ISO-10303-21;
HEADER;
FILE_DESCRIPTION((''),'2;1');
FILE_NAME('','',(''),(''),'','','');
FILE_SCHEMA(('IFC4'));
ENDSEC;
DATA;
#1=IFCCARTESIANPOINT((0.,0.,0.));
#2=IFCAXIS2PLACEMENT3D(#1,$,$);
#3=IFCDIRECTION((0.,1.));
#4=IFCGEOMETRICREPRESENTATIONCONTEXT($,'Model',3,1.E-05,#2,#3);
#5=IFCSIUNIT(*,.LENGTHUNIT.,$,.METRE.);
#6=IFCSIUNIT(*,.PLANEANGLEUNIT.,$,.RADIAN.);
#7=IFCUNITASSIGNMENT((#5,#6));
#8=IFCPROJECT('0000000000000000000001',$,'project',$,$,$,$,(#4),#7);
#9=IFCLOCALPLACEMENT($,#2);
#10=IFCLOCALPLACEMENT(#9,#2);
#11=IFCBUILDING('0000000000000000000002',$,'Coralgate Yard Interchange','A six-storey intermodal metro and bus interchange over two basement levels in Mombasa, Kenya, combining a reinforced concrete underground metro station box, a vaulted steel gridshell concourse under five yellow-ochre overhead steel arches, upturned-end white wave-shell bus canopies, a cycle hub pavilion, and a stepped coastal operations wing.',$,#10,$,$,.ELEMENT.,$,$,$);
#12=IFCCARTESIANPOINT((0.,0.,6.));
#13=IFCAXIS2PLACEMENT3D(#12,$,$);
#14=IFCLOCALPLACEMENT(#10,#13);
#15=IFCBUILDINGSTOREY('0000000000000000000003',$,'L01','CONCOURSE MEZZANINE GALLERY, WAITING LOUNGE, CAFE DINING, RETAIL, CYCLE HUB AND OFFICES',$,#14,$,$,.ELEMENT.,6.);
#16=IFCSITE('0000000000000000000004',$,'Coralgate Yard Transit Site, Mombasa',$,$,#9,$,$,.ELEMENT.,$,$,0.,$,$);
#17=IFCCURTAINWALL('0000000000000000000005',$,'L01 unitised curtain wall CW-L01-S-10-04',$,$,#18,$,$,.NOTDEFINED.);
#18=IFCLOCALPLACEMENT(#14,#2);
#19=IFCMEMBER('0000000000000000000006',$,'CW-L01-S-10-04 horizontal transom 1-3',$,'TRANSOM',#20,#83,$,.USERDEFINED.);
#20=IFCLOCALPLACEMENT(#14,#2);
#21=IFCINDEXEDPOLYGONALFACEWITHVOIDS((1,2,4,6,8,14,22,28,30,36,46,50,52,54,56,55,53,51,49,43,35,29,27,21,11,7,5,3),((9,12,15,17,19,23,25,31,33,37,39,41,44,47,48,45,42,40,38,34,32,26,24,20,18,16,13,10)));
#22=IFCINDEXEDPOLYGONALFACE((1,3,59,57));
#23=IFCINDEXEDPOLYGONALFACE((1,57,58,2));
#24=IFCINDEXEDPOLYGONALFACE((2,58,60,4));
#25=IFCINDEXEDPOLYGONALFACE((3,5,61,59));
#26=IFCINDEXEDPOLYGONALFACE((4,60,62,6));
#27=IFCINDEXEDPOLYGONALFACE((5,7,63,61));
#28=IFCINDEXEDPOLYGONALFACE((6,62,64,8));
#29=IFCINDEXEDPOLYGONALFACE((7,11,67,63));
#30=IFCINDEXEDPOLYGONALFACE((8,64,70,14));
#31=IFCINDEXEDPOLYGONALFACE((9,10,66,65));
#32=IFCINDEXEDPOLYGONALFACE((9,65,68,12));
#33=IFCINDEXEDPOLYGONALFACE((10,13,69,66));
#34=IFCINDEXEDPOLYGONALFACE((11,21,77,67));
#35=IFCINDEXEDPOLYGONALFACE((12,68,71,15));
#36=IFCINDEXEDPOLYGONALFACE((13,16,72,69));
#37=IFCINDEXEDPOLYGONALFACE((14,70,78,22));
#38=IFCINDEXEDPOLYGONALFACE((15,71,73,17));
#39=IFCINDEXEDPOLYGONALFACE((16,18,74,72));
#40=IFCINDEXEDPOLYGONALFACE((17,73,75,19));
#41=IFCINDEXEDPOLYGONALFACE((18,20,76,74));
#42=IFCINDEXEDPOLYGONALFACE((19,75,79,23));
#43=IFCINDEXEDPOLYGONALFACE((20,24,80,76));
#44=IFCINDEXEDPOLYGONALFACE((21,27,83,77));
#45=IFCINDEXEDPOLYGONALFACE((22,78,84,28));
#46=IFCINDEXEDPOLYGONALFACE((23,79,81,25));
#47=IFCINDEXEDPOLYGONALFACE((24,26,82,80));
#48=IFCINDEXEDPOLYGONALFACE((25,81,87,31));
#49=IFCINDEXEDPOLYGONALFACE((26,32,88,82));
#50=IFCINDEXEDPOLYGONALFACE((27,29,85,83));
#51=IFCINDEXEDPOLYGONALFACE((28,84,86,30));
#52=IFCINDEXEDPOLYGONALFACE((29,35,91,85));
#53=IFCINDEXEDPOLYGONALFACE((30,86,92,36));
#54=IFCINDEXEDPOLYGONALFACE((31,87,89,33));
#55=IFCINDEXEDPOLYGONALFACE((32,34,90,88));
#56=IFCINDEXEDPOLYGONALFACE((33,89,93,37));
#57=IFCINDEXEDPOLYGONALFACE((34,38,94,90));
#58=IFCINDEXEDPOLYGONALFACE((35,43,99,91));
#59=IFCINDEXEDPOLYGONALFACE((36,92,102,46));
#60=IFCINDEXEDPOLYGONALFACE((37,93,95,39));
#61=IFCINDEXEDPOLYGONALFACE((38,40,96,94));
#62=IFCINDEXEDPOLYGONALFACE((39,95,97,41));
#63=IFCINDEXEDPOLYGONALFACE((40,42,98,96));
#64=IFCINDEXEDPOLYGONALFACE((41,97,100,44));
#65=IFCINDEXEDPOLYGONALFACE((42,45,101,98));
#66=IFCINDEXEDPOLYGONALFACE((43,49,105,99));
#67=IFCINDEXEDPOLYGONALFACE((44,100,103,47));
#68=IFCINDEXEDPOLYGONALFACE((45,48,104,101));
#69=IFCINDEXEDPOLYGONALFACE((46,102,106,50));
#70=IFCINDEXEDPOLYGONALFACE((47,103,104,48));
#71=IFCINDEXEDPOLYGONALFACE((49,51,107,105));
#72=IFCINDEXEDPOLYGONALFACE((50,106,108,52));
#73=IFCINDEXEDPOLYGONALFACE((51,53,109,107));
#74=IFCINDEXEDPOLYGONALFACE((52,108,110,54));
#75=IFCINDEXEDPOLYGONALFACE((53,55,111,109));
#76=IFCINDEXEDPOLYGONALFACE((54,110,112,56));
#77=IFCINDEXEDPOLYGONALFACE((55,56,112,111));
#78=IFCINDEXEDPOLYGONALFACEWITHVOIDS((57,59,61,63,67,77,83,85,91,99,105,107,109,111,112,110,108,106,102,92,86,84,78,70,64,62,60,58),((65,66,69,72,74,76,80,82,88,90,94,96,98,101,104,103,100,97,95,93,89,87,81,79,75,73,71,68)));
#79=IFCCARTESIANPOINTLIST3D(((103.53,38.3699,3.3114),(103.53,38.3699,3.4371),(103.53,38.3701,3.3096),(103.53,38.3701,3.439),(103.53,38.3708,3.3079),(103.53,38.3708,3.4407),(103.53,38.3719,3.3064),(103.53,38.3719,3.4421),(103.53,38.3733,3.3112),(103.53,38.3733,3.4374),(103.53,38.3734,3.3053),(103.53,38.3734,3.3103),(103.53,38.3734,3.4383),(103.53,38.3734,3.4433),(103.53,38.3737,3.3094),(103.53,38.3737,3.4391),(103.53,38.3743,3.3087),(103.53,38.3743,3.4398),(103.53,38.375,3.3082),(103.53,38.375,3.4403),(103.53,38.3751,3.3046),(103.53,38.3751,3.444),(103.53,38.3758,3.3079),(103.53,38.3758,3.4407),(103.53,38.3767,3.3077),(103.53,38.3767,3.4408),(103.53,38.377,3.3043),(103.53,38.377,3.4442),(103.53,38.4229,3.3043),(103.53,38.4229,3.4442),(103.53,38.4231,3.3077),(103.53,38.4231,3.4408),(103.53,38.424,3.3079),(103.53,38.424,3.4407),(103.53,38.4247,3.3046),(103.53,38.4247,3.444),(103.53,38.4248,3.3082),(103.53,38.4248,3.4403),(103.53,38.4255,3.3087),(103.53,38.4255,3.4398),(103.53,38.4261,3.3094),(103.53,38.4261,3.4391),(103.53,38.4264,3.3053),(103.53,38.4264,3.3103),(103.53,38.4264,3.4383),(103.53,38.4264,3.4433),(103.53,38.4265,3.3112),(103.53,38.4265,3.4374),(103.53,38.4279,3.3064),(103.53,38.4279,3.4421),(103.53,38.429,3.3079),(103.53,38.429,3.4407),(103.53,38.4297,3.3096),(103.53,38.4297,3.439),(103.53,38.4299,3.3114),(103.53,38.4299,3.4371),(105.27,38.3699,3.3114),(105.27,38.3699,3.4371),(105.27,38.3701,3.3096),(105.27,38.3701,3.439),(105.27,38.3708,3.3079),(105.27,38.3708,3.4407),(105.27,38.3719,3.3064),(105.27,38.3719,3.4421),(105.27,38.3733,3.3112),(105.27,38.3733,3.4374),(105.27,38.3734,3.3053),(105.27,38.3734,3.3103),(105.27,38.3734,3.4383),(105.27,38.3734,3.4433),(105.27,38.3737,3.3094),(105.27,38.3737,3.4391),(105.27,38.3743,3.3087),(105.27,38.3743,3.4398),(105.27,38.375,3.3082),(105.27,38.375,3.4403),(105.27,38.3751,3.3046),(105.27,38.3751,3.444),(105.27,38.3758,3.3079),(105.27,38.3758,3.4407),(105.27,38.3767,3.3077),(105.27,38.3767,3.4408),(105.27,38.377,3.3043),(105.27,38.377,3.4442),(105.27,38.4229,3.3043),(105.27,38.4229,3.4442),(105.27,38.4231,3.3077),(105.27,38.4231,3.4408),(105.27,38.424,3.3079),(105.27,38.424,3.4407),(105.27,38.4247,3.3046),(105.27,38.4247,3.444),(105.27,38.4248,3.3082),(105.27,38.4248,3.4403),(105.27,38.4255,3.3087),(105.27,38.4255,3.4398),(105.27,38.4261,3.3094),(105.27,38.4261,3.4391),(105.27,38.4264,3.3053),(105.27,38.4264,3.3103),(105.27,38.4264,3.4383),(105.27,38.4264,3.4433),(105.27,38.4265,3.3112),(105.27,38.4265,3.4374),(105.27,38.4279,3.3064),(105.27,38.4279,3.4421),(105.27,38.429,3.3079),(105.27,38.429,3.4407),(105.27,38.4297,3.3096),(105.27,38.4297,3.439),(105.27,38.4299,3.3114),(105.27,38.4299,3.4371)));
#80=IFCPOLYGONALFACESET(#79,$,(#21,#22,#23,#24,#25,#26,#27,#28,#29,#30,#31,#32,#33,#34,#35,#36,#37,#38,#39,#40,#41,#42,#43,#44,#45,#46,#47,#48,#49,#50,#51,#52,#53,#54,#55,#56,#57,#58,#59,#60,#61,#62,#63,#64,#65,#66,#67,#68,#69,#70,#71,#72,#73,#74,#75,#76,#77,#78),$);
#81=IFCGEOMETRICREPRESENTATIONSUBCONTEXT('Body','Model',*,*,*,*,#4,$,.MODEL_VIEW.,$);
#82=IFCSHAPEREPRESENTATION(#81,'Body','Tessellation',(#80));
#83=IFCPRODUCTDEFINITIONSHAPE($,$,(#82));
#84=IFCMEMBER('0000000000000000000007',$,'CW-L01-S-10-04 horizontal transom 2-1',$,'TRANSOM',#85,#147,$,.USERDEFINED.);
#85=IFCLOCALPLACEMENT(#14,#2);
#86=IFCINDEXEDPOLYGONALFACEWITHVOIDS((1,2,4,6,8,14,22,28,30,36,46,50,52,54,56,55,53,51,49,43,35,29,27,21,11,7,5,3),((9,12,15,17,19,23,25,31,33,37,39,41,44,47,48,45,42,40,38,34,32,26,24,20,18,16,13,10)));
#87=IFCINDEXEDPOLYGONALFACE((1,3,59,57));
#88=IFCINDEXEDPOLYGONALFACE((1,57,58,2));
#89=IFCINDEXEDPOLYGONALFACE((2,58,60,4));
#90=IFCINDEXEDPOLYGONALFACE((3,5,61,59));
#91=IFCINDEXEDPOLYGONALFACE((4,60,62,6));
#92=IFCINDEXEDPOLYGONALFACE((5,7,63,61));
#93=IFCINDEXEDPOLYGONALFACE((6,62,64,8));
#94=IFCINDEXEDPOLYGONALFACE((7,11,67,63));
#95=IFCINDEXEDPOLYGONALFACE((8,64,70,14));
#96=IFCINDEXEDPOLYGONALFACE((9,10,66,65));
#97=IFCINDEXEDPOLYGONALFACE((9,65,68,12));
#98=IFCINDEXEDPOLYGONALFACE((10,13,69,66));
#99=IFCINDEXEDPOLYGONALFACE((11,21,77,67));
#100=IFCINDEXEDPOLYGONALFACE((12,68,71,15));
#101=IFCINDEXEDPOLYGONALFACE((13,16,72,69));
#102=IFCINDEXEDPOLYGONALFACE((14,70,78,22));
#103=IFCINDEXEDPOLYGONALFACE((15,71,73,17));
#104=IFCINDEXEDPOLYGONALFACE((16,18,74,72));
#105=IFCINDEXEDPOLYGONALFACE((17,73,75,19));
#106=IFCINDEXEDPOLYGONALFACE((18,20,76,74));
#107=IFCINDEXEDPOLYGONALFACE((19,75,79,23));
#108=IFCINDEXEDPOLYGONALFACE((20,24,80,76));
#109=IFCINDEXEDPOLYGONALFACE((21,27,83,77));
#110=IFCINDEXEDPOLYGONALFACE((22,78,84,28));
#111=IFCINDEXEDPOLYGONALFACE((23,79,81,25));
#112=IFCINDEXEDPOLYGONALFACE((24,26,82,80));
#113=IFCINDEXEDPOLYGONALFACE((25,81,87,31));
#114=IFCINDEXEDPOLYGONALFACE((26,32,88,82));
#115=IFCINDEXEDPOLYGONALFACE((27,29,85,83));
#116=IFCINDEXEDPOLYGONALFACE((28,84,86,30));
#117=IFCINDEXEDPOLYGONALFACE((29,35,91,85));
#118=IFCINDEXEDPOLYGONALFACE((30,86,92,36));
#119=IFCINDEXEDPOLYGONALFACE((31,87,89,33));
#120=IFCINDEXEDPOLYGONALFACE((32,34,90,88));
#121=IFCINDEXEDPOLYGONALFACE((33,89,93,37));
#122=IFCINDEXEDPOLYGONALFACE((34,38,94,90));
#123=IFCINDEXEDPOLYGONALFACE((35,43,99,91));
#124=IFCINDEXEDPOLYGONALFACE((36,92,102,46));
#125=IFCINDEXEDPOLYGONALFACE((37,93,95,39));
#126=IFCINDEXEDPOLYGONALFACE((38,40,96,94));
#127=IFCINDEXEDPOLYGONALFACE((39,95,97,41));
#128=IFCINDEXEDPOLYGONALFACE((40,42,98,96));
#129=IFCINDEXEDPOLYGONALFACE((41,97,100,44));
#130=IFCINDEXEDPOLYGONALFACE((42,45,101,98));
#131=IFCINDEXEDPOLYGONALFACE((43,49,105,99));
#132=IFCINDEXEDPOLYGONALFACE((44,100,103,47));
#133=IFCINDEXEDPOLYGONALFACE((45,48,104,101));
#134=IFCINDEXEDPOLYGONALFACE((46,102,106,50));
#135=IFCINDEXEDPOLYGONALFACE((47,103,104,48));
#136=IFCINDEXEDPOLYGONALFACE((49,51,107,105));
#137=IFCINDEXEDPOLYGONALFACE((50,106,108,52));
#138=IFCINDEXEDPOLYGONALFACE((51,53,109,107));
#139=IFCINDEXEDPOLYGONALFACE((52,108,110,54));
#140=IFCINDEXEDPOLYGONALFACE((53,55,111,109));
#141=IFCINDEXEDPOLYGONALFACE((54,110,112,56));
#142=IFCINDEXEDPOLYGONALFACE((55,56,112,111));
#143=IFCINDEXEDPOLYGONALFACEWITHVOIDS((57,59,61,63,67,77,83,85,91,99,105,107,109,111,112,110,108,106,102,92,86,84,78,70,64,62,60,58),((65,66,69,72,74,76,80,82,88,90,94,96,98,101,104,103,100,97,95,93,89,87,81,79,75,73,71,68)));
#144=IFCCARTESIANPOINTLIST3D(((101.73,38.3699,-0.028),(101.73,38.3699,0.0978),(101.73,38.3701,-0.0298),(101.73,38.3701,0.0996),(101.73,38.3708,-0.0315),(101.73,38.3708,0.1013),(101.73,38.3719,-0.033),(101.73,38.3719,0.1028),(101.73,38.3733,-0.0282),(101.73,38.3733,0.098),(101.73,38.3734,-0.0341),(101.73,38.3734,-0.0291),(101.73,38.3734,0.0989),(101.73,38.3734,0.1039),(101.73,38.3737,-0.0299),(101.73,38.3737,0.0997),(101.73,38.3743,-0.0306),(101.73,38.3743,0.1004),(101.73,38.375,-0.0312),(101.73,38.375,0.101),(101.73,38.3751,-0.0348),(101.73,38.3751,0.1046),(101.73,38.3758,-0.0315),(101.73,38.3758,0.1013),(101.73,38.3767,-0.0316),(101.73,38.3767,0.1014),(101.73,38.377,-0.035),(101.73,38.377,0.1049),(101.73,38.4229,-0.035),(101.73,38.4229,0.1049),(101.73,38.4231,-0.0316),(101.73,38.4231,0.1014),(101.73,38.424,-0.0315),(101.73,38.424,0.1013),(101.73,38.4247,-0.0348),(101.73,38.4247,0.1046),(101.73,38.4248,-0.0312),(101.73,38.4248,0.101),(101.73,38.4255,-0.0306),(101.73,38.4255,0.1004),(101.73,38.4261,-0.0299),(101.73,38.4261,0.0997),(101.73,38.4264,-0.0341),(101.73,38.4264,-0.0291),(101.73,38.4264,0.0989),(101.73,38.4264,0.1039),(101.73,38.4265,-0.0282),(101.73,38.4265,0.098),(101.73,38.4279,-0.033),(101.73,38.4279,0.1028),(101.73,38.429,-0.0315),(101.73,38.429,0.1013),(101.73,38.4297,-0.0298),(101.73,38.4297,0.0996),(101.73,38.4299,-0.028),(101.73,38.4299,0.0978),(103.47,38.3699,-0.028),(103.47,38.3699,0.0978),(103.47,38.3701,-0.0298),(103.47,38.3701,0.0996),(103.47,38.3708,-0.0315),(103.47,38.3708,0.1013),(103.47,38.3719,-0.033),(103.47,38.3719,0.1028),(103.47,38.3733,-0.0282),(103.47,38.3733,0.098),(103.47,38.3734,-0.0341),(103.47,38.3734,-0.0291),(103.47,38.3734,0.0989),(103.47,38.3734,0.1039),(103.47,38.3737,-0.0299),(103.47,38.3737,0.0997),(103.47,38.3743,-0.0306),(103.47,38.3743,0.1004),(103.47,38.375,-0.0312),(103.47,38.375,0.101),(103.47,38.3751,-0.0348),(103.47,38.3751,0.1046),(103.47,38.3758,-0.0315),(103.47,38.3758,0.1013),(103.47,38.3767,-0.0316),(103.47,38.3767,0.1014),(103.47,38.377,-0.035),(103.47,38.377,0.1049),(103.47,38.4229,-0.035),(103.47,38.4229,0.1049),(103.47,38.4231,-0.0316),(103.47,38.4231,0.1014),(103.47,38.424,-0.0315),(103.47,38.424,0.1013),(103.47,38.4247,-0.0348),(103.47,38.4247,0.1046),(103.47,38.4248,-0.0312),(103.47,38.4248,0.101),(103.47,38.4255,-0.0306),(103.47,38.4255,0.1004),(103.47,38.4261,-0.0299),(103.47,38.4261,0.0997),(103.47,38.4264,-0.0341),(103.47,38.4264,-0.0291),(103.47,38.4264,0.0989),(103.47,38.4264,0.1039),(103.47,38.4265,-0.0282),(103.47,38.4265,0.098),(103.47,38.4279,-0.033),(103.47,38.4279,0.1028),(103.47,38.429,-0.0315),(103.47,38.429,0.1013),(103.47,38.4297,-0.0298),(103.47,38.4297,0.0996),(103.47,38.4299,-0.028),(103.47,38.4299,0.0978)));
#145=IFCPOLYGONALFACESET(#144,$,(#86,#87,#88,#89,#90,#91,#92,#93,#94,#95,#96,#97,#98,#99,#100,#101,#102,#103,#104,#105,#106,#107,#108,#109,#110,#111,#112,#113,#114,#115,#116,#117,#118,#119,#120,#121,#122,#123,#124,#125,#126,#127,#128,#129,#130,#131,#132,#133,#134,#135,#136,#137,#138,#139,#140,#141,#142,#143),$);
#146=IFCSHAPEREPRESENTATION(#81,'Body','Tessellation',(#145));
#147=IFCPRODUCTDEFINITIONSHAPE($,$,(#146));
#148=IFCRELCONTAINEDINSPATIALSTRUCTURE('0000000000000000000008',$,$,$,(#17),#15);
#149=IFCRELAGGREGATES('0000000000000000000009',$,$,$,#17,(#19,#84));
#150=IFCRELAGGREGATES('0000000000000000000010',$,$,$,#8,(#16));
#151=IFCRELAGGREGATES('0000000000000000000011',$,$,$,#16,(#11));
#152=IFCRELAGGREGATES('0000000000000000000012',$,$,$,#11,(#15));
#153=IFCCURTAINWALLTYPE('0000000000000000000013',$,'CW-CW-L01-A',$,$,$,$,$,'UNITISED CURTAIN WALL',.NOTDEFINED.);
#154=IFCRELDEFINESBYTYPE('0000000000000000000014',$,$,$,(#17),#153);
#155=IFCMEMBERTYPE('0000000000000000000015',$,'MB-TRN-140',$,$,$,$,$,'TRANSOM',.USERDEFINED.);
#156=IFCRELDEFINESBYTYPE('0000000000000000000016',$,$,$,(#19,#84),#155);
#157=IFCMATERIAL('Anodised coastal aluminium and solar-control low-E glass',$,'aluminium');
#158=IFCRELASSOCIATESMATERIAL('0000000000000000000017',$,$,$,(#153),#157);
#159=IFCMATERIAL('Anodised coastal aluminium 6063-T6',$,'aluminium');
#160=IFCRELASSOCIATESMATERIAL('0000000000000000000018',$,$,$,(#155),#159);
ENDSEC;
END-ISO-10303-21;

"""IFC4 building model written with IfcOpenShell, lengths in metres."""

from ifc_helpers import new_model, si_unit, direction, frame, origin, origin_2d, place, context, subcontext, project, spatial, hollow_rectangle, extrude, material, material_profile, profile_set, type_object, element, aggregate, save


model = new_model("IFC4")

# Units and contexts
model_context = context("Model", 3, precision=1e-05, world=origin(), true_north=direction((0.0, 1.0)))
body_context = subcontext(model_context, "Body", "Model", "MODEL_VIEW")
ifc_project = project(units=[si_unit("LENGTHUNIT", "METRE"), si_unit("PLANEANGLEUNIT", "RADIAN")], contexts=[model_context])

# Site, building, storey
site_placement = place(None, origin())
site = spatial("IfcSite", under=ifc_project, at=site_placement, Name="Coralgate Yard Transit Site, Mombasa", CompositionType="ELEMENT", RefElevation=0.0)
building_placement = place(site_placement, origin())
building = spatial("IfcBuilding", under=site, at=building_placement, Name="Coralgate Yard Interchange", Description="A six-storey intermodal metro and bus interchange over two basement levels in Mombasa, Kenya, combining a reinforced concrete underground metro station box, a vaulted steel gridshell concourse under five yellow-ochre overhead steel arches, upturned-end white wave-shell bus canopies, a cycle hub pavilion, and a stepped coastal operations wing.", CompositionType="ELEMENT")
storey_placement = place(building_placement, frame((0.0, 0.0, 6.0)))
storey = spatial("IfcBuildingStorey", under=building, at=storey_placement, Name="L01", Description="CONCOURSE MEZZANINE GALLERY, WAITING LOUNGE, CAFE DINING, RETAIL, CYCLE HUB AND OFFICES", CompositionType="ELEMENT", Elevation=6.0)

# Curtain wall
ifc_material_1 = material(Name="Anodised coastal aluminium and solar-control low-E glass", Category="aluminium")
curtain_wall_type_1 = type_object("IfcCurtainWallType", Name="CW-CW-L01-A", ElementType="UNITISED CURTAIN WALL", PredefinedType="NOTDEFINED", material=ifc_material_1)
curtain_wall_1_placement = place(storey_placement, origin())
curtain_wall_1 = element("IfcCurtainWall", 1, at=curtain_wall_1_placement, inside=storey, type_object=curtain_wall_type_1, Name="L01 unitised curtain wall CW-L01-S-10-04", PredefinedType="NOTDEFINED")
ifc_material_2 = material(Name="Anodised coastal aluminium 6063-T6", Category="aluminium")

# Members
ifc_material_profile_1 = material_profile(ifc_material_2, hollow_rectangle(XDim=0.0601, YDim=0.1399, WallThickness=0.0034, InnerFilletRadius=0.0034, OuterFilletRadius=0.0071, at=origin_2d()), Name="ALU 60x140x3.5")
ifc_profile_set_1 = profile_set([ifc_material_profile_1], Name="Anodised coastal aluminium 6063-T6")
member_type_1 = type_object("IfcMemberType", Name="MB-TRN-140", ElementType="TRANSOM", PredefinedType="USERDEFINED", material=ifc_profile_set_1)
member_1_placement = place(storey_placement, frame((105.27, 38.3999, 3.3743), z_axis=(-1.0, 0.0, 0.0), x_axis=(0.0, -1.0, 0.0)))
member_1 = element("IfcMember", 2, at=member_1_placement, type_object=member_type_1, Name="CW-L01-S-10-04 horizontal transom 1-3", ObjectType="TRANSOM", PredefinedType="USERDEFINED", context=body_context, shape_type="SweptSolid", body=[
    extrude(hollow_rectangle(XDim=0.0601, YDim=0.1399, WallThickness=0.0034, InnerFilletRadius=0.0034, OuterFilletRadius=0.0071, at=origin_2d()), origin(), (0.0, 0.0, 1.0), 1.74),
])
member_2_placement = place(storey_placement, frame((103.47, 38.3999, 0.0349), z_axis=(-1.0, 0.0, 0.0), x_axis=(0.0, -1.0, 0.0)))
member_2 = element("IfcMember", 3, at=member_2_placement, type_object=member_type_1, Name="CW-L01-S-10-04 horizontal transom 2-1", ObjectType="TRANSOM", PredefinedType="USERDEFINED", context=body_context, shape_type="SweptSolid", body=[
    extrude(hollow_rectangle(XDim=0.0601, YDim=0.1399, WallThickness=0.0034, InnerFilletRadius=0.0034, OuterFilletRadius=0.0071, at=origin_2d()), origin(), (0.0, 0.0, 1.0), 1.74),
])

aggregate(curtain_wall_1, [member_1, member_2])

save(model, "model.ifc")
